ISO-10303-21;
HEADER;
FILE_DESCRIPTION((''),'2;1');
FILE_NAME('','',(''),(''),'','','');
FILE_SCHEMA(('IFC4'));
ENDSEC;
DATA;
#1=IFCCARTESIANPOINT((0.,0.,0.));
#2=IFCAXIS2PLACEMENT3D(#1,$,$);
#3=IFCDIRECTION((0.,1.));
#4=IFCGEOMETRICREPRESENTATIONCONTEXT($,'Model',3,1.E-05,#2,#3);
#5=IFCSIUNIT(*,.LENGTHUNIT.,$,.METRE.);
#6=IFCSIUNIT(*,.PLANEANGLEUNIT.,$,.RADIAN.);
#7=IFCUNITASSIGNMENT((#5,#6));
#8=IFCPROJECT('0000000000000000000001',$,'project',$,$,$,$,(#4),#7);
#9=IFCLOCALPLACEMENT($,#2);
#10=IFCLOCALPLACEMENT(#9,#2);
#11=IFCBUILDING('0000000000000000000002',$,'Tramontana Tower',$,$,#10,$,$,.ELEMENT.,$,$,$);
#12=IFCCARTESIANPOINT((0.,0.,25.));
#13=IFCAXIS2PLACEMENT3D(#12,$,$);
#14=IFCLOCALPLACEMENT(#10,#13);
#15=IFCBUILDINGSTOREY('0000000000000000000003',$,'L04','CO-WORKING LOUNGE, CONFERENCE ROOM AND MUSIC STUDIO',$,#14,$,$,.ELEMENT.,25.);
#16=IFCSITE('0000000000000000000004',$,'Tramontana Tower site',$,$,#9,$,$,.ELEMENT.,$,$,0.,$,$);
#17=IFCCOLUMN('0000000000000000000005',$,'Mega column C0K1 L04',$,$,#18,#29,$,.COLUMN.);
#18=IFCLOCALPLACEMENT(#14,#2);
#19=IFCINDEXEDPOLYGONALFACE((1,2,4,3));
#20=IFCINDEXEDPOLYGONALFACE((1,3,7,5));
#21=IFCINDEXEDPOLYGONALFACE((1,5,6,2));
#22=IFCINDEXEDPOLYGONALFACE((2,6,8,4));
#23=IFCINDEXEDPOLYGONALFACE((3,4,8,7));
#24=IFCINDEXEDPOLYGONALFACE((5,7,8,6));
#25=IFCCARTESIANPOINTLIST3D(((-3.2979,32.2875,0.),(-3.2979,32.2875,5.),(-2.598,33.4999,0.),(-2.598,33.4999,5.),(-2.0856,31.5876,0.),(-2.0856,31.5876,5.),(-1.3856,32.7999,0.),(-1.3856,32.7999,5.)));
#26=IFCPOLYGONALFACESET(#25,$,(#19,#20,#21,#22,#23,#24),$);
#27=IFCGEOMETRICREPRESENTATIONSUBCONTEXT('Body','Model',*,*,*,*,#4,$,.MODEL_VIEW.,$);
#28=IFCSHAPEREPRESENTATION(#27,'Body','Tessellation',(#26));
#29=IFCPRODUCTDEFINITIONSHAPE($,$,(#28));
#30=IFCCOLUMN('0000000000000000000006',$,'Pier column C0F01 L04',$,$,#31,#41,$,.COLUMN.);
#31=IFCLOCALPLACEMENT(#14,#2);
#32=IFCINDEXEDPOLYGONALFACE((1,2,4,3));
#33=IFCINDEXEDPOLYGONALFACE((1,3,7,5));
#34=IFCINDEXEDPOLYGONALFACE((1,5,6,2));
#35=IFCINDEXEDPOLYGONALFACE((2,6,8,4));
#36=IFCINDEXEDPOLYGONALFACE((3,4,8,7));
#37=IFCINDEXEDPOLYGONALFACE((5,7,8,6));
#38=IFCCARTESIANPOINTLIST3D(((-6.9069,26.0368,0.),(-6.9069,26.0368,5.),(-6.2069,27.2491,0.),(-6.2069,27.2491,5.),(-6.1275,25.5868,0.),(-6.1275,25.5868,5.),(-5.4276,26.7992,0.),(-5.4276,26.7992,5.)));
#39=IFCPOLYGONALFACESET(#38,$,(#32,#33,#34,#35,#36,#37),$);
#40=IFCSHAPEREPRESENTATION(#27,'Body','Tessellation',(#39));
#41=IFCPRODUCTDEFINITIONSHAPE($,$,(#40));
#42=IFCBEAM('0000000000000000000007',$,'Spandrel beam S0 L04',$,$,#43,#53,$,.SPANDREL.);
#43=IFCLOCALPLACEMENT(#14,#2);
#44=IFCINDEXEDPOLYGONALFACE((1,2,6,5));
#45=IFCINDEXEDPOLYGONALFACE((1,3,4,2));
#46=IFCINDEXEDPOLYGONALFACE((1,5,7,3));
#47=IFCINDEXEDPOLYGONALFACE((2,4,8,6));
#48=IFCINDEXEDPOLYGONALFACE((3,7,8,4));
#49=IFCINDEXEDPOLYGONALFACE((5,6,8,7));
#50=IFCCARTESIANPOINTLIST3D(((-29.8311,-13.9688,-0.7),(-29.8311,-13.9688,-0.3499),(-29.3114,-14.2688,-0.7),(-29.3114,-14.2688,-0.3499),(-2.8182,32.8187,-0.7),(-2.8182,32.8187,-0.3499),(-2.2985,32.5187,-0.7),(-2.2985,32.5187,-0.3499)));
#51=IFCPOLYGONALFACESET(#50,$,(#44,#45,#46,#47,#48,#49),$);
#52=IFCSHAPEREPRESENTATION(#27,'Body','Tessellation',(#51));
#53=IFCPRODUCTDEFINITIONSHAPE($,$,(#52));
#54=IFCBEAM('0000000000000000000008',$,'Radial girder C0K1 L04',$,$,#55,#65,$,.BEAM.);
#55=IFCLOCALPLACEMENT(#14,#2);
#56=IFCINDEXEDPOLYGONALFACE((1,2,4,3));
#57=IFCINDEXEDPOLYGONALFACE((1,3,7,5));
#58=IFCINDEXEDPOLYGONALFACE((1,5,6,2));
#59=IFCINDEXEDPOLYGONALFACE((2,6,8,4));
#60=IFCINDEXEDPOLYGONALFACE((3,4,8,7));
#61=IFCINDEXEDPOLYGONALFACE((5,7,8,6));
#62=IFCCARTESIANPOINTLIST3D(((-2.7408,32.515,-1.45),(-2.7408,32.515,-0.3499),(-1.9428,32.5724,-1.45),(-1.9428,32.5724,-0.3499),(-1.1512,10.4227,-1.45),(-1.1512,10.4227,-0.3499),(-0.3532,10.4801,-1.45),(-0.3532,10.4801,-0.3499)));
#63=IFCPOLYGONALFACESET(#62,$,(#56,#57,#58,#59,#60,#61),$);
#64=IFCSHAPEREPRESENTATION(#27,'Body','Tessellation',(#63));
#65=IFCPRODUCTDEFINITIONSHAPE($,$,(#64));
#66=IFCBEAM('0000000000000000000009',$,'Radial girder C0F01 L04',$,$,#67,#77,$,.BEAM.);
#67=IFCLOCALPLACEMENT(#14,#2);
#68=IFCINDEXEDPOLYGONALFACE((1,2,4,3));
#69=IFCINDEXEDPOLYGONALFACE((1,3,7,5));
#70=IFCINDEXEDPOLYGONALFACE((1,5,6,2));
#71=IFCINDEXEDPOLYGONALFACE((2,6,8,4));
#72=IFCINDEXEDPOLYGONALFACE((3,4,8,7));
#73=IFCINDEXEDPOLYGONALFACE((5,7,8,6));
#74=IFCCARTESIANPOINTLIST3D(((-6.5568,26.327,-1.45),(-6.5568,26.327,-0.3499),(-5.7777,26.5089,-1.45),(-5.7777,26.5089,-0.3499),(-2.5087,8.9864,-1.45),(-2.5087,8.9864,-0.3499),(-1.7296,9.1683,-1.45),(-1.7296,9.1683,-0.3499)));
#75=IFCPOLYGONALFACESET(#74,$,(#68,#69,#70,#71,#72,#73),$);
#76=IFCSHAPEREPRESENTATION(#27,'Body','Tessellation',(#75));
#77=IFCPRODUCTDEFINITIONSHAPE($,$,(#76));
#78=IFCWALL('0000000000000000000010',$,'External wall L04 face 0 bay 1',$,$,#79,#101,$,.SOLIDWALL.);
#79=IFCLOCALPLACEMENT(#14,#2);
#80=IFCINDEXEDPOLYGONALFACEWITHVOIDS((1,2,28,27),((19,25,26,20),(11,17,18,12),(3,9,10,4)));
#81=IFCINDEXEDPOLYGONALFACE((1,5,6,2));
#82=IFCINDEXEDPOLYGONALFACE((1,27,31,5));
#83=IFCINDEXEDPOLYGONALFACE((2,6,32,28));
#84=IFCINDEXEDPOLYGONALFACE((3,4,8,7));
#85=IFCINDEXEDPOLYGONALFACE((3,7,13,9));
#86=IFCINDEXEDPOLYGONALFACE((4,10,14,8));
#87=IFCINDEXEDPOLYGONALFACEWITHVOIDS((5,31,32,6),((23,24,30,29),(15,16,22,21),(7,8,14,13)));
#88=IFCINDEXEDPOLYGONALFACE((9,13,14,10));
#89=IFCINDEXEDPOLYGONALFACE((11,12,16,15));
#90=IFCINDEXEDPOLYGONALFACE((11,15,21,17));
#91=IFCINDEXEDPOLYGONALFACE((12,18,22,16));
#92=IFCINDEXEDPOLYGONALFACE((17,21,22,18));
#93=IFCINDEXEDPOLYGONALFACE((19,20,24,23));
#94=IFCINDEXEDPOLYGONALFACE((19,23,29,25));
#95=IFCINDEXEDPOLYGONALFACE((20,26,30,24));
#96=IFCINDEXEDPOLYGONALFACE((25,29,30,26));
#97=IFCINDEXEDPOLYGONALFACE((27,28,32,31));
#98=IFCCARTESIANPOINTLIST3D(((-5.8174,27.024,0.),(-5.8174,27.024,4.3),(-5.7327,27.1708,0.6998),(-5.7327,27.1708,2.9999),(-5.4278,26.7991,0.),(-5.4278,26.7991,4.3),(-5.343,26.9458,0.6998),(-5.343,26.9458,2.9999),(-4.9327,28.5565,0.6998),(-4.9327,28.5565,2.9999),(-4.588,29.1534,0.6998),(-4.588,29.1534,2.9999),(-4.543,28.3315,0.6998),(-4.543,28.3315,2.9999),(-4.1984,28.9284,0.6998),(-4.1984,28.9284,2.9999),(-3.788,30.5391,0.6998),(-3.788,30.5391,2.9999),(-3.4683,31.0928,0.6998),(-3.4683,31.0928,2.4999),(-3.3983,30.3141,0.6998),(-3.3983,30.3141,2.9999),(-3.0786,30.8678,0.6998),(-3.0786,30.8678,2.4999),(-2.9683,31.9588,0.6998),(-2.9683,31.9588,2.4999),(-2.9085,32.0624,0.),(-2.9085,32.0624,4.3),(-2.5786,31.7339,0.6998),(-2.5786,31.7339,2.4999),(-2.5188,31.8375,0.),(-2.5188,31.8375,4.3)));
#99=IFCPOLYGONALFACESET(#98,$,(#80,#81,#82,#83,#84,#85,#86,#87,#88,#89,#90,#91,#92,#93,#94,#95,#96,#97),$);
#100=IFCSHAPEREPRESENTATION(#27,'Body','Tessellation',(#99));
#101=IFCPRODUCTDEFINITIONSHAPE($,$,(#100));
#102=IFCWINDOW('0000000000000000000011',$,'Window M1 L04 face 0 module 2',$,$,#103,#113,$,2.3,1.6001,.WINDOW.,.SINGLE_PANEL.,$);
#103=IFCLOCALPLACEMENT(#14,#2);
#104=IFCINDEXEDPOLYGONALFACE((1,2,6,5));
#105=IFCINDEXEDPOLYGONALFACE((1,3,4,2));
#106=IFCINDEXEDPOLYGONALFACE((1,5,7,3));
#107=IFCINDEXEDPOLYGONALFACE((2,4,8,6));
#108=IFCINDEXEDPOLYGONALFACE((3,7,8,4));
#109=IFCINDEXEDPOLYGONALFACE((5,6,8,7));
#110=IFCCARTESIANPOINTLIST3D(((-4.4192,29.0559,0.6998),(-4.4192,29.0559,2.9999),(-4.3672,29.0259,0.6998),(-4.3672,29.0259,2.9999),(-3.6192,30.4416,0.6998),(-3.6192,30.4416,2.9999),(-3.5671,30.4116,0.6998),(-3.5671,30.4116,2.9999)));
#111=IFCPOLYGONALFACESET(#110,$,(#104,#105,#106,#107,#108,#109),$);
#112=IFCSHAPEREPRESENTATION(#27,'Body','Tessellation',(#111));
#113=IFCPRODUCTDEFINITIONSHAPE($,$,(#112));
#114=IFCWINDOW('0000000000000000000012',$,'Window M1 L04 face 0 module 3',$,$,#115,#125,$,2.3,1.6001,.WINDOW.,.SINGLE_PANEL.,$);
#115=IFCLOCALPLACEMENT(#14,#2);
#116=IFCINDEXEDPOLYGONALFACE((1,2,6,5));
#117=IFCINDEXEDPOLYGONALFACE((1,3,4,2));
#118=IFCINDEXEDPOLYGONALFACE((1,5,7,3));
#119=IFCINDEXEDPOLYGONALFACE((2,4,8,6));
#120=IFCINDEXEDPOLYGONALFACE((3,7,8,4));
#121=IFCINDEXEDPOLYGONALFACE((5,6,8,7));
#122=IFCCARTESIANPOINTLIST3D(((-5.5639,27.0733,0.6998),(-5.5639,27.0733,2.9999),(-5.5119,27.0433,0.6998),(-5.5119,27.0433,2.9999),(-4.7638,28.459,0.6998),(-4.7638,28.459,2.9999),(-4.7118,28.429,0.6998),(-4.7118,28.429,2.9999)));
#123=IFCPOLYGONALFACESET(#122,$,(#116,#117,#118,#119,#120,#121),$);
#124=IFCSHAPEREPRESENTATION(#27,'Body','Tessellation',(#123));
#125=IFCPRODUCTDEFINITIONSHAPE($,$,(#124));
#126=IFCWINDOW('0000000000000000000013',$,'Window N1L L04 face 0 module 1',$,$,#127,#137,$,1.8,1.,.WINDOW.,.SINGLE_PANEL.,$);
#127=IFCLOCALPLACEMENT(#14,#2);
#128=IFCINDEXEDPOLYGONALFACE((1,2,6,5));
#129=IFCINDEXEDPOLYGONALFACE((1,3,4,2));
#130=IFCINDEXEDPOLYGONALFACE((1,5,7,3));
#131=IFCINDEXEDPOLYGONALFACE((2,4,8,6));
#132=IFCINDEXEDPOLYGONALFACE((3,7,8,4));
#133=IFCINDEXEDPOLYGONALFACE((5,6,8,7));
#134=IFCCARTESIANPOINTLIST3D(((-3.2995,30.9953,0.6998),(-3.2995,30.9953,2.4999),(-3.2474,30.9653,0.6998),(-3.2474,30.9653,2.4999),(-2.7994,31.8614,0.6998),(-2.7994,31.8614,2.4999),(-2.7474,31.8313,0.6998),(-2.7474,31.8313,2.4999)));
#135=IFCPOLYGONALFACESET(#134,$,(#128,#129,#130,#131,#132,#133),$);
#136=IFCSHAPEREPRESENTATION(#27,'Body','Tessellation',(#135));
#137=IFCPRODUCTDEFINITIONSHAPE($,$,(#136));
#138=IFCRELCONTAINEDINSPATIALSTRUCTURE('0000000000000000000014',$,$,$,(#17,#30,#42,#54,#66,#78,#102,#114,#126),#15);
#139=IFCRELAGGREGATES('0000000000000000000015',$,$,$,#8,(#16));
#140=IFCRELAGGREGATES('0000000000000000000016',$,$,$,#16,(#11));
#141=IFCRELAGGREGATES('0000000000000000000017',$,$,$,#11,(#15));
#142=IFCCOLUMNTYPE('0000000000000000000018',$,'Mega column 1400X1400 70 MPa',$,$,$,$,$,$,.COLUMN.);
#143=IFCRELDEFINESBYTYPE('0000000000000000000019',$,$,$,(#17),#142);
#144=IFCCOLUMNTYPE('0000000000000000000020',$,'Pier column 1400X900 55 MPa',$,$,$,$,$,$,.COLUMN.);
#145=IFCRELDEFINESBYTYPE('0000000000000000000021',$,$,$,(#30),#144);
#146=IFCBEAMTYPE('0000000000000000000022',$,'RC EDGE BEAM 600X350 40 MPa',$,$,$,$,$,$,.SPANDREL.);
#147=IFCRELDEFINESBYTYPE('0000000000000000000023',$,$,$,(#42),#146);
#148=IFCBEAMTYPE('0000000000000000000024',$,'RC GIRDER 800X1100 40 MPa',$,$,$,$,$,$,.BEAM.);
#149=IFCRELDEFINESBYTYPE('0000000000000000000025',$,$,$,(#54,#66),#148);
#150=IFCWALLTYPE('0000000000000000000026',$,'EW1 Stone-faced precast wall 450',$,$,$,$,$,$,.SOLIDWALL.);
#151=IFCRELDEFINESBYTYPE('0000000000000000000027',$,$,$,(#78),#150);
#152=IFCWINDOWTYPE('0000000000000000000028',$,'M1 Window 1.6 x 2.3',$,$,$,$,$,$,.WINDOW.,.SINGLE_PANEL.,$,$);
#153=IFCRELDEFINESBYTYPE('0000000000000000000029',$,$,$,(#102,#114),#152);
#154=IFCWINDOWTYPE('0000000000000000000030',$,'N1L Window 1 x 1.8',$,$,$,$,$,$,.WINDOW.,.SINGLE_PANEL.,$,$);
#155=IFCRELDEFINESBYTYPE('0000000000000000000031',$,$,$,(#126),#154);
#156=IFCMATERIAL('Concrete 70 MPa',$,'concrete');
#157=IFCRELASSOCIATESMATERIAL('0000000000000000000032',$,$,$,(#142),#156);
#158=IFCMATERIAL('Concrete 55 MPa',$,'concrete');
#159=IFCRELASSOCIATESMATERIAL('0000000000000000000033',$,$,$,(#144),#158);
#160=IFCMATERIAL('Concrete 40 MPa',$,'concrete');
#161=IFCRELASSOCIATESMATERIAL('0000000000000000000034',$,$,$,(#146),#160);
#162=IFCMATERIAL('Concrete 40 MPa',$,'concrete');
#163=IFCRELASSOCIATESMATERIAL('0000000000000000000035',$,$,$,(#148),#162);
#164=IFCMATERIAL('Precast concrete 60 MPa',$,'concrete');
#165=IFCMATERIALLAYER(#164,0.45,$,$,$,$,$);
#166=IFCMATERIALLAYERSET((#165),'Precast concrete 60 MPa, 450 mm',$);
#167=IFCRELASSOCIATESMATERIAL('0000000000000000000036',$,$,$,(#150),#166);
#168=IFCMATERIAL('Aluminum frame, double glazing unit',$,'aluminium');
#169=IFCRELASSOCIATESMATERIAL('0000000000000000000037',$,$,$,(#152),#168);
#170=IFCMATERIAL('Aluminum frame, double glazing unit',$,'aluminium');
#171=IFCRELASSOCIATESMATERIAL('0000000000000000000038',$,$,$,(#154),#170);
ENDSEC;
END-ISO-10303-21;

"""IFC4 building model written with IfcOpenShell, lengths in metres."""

from ifc_helpers import new_model, si_unit, direction, frame, frame_2d, origin, origin_2d, place, context, subcontext, project, spatial, rectangle, extrude, material, layer, layer_set, material_profile, profile_set, type_object, element, fill, save


model = new_model("IFC4")

# Units and contexts
model_context = context("Model", 3, precision=1e-05, world=origin(), true_north=direction((0.0, 1.0)))
body_context = subcontext(model_context, "Body", "Model", "MODEL_VIEW")
ifc_project = project(units=[si_unit("LENGTHUNIT", "METRE"), si_unit("PLANEANGLEUNIT", "RADIAN")], contexts=[model_context])

# Site, building, storey
site_placement = place(None, origin())
site = spatial("IfcSite", under=ifc_project, at=site_placement, Name="Tramontana Tower site", CompositionType="ELEMENT", RefElevation=0.0)
building_placement = place(site_placement, origin())
building = spatial("IfcBuilding", under=site, at=building_placement, Name="Tramontana Tower", CompositionType="ELEMENT")
storey_placement = place(building_placement, frame((0.0, 0.0, 25.0)))
storey = spatial("IfcBuildingStorey", under=building, at=storey_placement, Name="L04", Description="CO-WORKING LOUNGE, CONFERENCE ROOM AND MUSIC STUDIO", CompositionType="ELEMENT", Elevation=25.0)

# Columns
ifc_material_1 = material(Name="Concrete 70 MPa", Category="concrete")
ifc_material_profile_1 = material_profile(ifc_material_1, rectangle(XDim=1.3999, YDim=1.3999, at=origin_2d()), Name="Mega column 1400X1400 70 MPa")
ifc_profile_set_1 = profile_set([ifc_material_profile_1], Name="Concrete 70 MPa")
column_type_1 = type_object("IfcColumnType", Name="Mega column 1400X1400 70 MPa", PredefinedType="COLUMN", material=ifc_profile_set_1)
column_1_placement = place(storey_placement, frame((-2.3418, 32.5437, 0.0), z_axis=(0.0, 0.0, 1.0), x_axis=(-0.5, -0.866025, 0.0)))
element("IfcColumn", 1, at=column_1_placement, inside=storey, type_object=column_type_1, Name="Mega column C0K1 L04", PredefinedType="COLUMN", context=body_context, shape_type="SweptSolid", body=[
    extrude(rectangle(XDim=1.3999, YDim=1.3999, at=origin_2d()), origin(), (0.0, 0.0, 1.0), 5.0),
])
ifc_material_2 = material(Name="Concrete 55 MPa", Category="concrete")
ifc_material_profile_2 = material_profile(ifc_material_2, rectangle(XDim=1.3999, YDim=0.8999, at=origin_2d()), Name="Pier column 1400X900 55 MPa")
ifc_profile_set_2 = profile_set([ifc_material_profile_2], Name="Concrete 55 MPa")
column_type_2 = type_object("IfcColumnType", Name="Pier column 1400X900 55 MPa", PredefinedType="COLUMN", material=ifc_profile_set_2)
column_2_placement = place(storey_placement, frame((-6.1672, 26.418, 0.0), z_axis=(0.0, 0.0, 1.0), x_axis=(-0.5, -0.866025, 0.0)))
element("IfcColumn", 2, at=column_2_placement, inside=storey, type_object=column_type_2, Name="Pier column C0F01 L04", PredefinedType="COLUMN", context=body_context, shape_type="SweptSolid", body=[
    extrude(rectangle(XDim=1.3999, YDim=0.8999, at=origin_2d()), origin(), (0.0, 0.0, 1.0), 5.0),
])

# Beams
ifc_material_3 = material(Name="Concrete 40 MPa", Category="concrete")
ifc_material_profile_3 = material_profile(ifc_material_3, rectangle(XDim=0.6001, YDim=0.3501, at=origin_2d()), Name="RC EDGE BEAM 600X350 40 MPa")
ifc_profile_set_3 = profile_set([ifc_material_profile_3], Name="Concrete 40 MPa")
beam_type_1 = type_object("IfcBeamType", Name="RC EDGE BEAM 600X350 40 MPa", PredefinedType="SPANDREL", material=ifc_profile_set_3)
beam_1_placement = place(storey_placement, frame((-2.5583, 32.6687, -0.5249), z_axis=(-0.500001, -0.866025, 0.0), x_axis=(0.866025, -0.500001, 0.0)))
element("IfcBeam", 3, at=beam_1_placement, inside=storey, type_object=beam_type_1, Name="Spandrel beam S0 L04", PredefinedType="SPANDREL", context=body_context, shape_type="SweptSolid", body=[
    extrude(rectangle(XDim=0.6001, YDim=0.3501, at=origin_2d()), origin(), (0.0, 0.0, 1.0), 54.0256),
])
ifc_material_4 = material(Name="Concrete 40 MPa", Category="concrete")
ifc_material_profile_4 = material_profile(ifc_material_4, rectangle(XDim=0.8, YDim=1.1001, at=origin_2d()), Name="RC GIRDER 800X1100 40 MPa")
ifc_profile_set_4 = profile_set([ifc_material_profile_4], Name="Concrete 40 MPa")
beam_type_2 = type_object("IfcBeamType", Name="RC GIRDER 800X1100 40 MPa", PredefinedType="BEAM", material=ifc_profile_set_4)
beam_2_placement = place(storey_placement, frame((-2.3418, 32.5437, -0.8999), z_axis=(0.071767, -0.997421, 0.0), x_axis=(0.997421, 0.071767, 0.0)))
element("IfcBeam", 4, at=beam_2_placement, inside=storey, type_object=beam_type_2, Name="Radial girder C0K1 L04", PredefinedType="BEAM", context=body_context, shape_type="SweptSolid", body=[
    extrude(rectangle(XDim=0.8, YDim=1.1001, at=origin_2d()), origin(), (0.0, 0.0, 1.0), 22.1494),
])
beam_3_placement = place(storey_placement, frame((-6.1672, 26.418, -0.8999), z_axis=(0.227334, -0.973817, 0.0), x_axis=(0.973817, 0.227334, 0.0)))
element("IfcBeam", 5, at=beam_3_placement, inside=storey, type_object=beam_type_2, Name="Radial girder C0F01 L04", PredefinedType="BEAM", context=body_context, shape_type="SweptSolid", body=[
    extrude(rectangle(XDim=0.8, YDim=1.1001, at=origin_2d()), origin(), (0.0, 0.0, 1.0), 17.8069),
])

# Wall, openings, windows
ifc_material_5 = material(Name="Precast concrete 60 MPa", Category="concrete")
ifc_layer_1 = layer(ifc_material_5, 0.45)
ifc_layer_set_1 = layer_set([ifc_layer_1], Name="Precast concrete 60 MPa, 450 mm")
wall_type_1 = type_object("IfcWallType", Name="EW1 Stone-faced precast wall 450", PredefinedType="SOLIDWALL", material=ifc_layer_set_1)
wall_1_placement = place(storey_placement, frame((-2.7136, 31.95, 0.0), z_axis=(0.0, 0.0, 1.0), x_axis=(-0.500007, -0.866021, 0.0)))
wall_1 = element("IfcWall", 6, at=wall_1_placement, inside=storey, type_object=wall_type_1, Name="External wall L04 face 0 bay 1", PredefinedType="SOLIDWALL", context=body_context, shape_type="SweptSolid", body=[
    extrude(rectangle(XDim=5.8179, YDim=0.45, at=frame_2d((2.9089, 0.0))), origin(), (0.0, 0.0, 1.0), 4.3),
])
opening_1_placement = place(wall_1_placement, frame((0.1196, 0.0, 0.7)))
opening_1 = element("IfcOpeningElement", 7, at=opening_1_placement, cuts=wall_1, PredefinedType="OPENING", context=body_context, shape_type="SweptSolid", body=[
    extrude(rectangle(XDim=1.0, YDim=1.8, at=frame_2d((0.5, 0.8999))), frame((0.0, 0.2349, 0.0), z_axis=(0.0, -1.0, 0.0), x_axis=(1.0, 0.0, 0.0)), (0.0, 0.0, 1.0), 0.47),
])
opening_2_placement = place(wall_1_placement, frame((1.759, 0.0, 0.7)))
opening_2 = element("IfcOpeningElement", 8, at=opening_2_placement, cuts=wall_1, PredefinedType="OPENING", context=body_context, shape_type="SweptSolid", body=[
    extrude(rectangle(XDim=1.6001, YDim=2.3, at=frame_2d((0.8, 1.1499))), frame((0.0, 0.2349, 0.0), z_axis=(0.0, -1.0, 0.0), x_axis=(1.0, 0.0, 0.0)), (0.0, 0.0, 1.0), 0.47),
])
opening_3_placement = place(wall_1_placement, frame((4.0483, 0.0, 0.7)))
opening_3 = element("IfcOpeningElement", 9, at=opening_3_placement, cuts=wall_1, PredefinedType="OPENING", context=body_context, shape_type="SweptSolid", body=[
    extrude(rectangle(XDim=1.6001, YDim=2.3, at=frame_2d((0.8, 1.1499))), frame((0.0, 0.2349, 0.0), z_axis=(0.0, -1.0, 0.0), x_axis=(1.0, 0.0, 0.0)), (0.0, 0.0, 1.0), 0.47),
])
ifc_material_6 = material(Name="Aluminum frame, double glazing unit", Category="aluminium")
window_type_1 = type_object("IfcWindowType", Name="M1 Window 1.6 x 2.3", PartitioningType="SINGLE_PANEL", PredefinedType="WINDOW", material=ifc_material_6)
window_1_placement = place(opening_2_placement, origin())
window_1 = element("IfcWindow", 10, at=window_1_placement, inside=storey, type_object=window_type_1, Name="Window M1 L04 face 0 module 2", OverallHeight=2.3, OverallWidth=1.6001, PartitioningType="SINGLE_PANEL", PredefinedType="WINDOW", context=body_context, shape_type="SweptSolid", body=[
    extrude(rectangle(XDim=1.6001, YDim=2.3, at=frame_2d((0.8, 1.1499))), frame((0.0, 0.03, 0.0), z_axis=(0.0, -1.0, 0.0), x_axis=(1.0, 0.0, 0.0)), (0.0, 0.0, 1.0), 0.0601),
])
fill(opening_2, window_1)
window_2_placement = place(opening_3_placement, origin())
window_2 = element("IfcWindow", 11, at=window_2_placement, inside=storey, type_object=window_type_1, Name="Window M1 L04 face 0 module 3", OverallHeight=2.3, OverallWidth=1.6001, PartitioningType="SINGLE_PANEL", PredefinedType="WINDOW", context=body_context, shape_type="SweptSolid", body=[
    extrude(rectangle(XDim=1.6001, YDim=2.3, at=frame_2d((0.8, 1.1499))), frame((0.0, 0.03, 0.0), z_axis=(0.0, -1.0, 0.0), x_axis=(1.0, 0.0, 0.0)), (0.0, 0.0, 1.0), 0.0601),
])
fill(opening_3, window_2)
ifc_material_7 = material(Name="Aluminum frame, double glazing unit", Category="aluminium")
window_type_2 = type_object("IfcWindowType", Name="N1L Window 1 x 1.8", PartitioningType="SINGLE_PANEL", PredefinedType="WINDOW", material=ifc_material_7)
window_3_placement = place(opening_1_placement, origin())
window_3 = element("IfcWindow", 12, at=window_3_placement, inside=storey, type_object=window_type_2, Name="Window N1L L04 face 0 module 1", OverallHeight=1.8, OverallWidth=1.0, PartitioningType="SINGLE_PANEL", PredefinedType="WINDOW", context=body_context, shape_type="SweptSolid", body=[
    extrude(rectangle(XDim=1.0, YDim=1.8, at=frame_2d((0.5, 0.8999))), frame((0.0, 0.03, 0.0), z_axis=(0.0, -1.0, 0.0), x_axis=(1.0, 0.0, 0.0)), (0.0, 0.0, 1.0), 0.0601),
])
fill(opening_1, window_3)

save(model, "model.ifc")
